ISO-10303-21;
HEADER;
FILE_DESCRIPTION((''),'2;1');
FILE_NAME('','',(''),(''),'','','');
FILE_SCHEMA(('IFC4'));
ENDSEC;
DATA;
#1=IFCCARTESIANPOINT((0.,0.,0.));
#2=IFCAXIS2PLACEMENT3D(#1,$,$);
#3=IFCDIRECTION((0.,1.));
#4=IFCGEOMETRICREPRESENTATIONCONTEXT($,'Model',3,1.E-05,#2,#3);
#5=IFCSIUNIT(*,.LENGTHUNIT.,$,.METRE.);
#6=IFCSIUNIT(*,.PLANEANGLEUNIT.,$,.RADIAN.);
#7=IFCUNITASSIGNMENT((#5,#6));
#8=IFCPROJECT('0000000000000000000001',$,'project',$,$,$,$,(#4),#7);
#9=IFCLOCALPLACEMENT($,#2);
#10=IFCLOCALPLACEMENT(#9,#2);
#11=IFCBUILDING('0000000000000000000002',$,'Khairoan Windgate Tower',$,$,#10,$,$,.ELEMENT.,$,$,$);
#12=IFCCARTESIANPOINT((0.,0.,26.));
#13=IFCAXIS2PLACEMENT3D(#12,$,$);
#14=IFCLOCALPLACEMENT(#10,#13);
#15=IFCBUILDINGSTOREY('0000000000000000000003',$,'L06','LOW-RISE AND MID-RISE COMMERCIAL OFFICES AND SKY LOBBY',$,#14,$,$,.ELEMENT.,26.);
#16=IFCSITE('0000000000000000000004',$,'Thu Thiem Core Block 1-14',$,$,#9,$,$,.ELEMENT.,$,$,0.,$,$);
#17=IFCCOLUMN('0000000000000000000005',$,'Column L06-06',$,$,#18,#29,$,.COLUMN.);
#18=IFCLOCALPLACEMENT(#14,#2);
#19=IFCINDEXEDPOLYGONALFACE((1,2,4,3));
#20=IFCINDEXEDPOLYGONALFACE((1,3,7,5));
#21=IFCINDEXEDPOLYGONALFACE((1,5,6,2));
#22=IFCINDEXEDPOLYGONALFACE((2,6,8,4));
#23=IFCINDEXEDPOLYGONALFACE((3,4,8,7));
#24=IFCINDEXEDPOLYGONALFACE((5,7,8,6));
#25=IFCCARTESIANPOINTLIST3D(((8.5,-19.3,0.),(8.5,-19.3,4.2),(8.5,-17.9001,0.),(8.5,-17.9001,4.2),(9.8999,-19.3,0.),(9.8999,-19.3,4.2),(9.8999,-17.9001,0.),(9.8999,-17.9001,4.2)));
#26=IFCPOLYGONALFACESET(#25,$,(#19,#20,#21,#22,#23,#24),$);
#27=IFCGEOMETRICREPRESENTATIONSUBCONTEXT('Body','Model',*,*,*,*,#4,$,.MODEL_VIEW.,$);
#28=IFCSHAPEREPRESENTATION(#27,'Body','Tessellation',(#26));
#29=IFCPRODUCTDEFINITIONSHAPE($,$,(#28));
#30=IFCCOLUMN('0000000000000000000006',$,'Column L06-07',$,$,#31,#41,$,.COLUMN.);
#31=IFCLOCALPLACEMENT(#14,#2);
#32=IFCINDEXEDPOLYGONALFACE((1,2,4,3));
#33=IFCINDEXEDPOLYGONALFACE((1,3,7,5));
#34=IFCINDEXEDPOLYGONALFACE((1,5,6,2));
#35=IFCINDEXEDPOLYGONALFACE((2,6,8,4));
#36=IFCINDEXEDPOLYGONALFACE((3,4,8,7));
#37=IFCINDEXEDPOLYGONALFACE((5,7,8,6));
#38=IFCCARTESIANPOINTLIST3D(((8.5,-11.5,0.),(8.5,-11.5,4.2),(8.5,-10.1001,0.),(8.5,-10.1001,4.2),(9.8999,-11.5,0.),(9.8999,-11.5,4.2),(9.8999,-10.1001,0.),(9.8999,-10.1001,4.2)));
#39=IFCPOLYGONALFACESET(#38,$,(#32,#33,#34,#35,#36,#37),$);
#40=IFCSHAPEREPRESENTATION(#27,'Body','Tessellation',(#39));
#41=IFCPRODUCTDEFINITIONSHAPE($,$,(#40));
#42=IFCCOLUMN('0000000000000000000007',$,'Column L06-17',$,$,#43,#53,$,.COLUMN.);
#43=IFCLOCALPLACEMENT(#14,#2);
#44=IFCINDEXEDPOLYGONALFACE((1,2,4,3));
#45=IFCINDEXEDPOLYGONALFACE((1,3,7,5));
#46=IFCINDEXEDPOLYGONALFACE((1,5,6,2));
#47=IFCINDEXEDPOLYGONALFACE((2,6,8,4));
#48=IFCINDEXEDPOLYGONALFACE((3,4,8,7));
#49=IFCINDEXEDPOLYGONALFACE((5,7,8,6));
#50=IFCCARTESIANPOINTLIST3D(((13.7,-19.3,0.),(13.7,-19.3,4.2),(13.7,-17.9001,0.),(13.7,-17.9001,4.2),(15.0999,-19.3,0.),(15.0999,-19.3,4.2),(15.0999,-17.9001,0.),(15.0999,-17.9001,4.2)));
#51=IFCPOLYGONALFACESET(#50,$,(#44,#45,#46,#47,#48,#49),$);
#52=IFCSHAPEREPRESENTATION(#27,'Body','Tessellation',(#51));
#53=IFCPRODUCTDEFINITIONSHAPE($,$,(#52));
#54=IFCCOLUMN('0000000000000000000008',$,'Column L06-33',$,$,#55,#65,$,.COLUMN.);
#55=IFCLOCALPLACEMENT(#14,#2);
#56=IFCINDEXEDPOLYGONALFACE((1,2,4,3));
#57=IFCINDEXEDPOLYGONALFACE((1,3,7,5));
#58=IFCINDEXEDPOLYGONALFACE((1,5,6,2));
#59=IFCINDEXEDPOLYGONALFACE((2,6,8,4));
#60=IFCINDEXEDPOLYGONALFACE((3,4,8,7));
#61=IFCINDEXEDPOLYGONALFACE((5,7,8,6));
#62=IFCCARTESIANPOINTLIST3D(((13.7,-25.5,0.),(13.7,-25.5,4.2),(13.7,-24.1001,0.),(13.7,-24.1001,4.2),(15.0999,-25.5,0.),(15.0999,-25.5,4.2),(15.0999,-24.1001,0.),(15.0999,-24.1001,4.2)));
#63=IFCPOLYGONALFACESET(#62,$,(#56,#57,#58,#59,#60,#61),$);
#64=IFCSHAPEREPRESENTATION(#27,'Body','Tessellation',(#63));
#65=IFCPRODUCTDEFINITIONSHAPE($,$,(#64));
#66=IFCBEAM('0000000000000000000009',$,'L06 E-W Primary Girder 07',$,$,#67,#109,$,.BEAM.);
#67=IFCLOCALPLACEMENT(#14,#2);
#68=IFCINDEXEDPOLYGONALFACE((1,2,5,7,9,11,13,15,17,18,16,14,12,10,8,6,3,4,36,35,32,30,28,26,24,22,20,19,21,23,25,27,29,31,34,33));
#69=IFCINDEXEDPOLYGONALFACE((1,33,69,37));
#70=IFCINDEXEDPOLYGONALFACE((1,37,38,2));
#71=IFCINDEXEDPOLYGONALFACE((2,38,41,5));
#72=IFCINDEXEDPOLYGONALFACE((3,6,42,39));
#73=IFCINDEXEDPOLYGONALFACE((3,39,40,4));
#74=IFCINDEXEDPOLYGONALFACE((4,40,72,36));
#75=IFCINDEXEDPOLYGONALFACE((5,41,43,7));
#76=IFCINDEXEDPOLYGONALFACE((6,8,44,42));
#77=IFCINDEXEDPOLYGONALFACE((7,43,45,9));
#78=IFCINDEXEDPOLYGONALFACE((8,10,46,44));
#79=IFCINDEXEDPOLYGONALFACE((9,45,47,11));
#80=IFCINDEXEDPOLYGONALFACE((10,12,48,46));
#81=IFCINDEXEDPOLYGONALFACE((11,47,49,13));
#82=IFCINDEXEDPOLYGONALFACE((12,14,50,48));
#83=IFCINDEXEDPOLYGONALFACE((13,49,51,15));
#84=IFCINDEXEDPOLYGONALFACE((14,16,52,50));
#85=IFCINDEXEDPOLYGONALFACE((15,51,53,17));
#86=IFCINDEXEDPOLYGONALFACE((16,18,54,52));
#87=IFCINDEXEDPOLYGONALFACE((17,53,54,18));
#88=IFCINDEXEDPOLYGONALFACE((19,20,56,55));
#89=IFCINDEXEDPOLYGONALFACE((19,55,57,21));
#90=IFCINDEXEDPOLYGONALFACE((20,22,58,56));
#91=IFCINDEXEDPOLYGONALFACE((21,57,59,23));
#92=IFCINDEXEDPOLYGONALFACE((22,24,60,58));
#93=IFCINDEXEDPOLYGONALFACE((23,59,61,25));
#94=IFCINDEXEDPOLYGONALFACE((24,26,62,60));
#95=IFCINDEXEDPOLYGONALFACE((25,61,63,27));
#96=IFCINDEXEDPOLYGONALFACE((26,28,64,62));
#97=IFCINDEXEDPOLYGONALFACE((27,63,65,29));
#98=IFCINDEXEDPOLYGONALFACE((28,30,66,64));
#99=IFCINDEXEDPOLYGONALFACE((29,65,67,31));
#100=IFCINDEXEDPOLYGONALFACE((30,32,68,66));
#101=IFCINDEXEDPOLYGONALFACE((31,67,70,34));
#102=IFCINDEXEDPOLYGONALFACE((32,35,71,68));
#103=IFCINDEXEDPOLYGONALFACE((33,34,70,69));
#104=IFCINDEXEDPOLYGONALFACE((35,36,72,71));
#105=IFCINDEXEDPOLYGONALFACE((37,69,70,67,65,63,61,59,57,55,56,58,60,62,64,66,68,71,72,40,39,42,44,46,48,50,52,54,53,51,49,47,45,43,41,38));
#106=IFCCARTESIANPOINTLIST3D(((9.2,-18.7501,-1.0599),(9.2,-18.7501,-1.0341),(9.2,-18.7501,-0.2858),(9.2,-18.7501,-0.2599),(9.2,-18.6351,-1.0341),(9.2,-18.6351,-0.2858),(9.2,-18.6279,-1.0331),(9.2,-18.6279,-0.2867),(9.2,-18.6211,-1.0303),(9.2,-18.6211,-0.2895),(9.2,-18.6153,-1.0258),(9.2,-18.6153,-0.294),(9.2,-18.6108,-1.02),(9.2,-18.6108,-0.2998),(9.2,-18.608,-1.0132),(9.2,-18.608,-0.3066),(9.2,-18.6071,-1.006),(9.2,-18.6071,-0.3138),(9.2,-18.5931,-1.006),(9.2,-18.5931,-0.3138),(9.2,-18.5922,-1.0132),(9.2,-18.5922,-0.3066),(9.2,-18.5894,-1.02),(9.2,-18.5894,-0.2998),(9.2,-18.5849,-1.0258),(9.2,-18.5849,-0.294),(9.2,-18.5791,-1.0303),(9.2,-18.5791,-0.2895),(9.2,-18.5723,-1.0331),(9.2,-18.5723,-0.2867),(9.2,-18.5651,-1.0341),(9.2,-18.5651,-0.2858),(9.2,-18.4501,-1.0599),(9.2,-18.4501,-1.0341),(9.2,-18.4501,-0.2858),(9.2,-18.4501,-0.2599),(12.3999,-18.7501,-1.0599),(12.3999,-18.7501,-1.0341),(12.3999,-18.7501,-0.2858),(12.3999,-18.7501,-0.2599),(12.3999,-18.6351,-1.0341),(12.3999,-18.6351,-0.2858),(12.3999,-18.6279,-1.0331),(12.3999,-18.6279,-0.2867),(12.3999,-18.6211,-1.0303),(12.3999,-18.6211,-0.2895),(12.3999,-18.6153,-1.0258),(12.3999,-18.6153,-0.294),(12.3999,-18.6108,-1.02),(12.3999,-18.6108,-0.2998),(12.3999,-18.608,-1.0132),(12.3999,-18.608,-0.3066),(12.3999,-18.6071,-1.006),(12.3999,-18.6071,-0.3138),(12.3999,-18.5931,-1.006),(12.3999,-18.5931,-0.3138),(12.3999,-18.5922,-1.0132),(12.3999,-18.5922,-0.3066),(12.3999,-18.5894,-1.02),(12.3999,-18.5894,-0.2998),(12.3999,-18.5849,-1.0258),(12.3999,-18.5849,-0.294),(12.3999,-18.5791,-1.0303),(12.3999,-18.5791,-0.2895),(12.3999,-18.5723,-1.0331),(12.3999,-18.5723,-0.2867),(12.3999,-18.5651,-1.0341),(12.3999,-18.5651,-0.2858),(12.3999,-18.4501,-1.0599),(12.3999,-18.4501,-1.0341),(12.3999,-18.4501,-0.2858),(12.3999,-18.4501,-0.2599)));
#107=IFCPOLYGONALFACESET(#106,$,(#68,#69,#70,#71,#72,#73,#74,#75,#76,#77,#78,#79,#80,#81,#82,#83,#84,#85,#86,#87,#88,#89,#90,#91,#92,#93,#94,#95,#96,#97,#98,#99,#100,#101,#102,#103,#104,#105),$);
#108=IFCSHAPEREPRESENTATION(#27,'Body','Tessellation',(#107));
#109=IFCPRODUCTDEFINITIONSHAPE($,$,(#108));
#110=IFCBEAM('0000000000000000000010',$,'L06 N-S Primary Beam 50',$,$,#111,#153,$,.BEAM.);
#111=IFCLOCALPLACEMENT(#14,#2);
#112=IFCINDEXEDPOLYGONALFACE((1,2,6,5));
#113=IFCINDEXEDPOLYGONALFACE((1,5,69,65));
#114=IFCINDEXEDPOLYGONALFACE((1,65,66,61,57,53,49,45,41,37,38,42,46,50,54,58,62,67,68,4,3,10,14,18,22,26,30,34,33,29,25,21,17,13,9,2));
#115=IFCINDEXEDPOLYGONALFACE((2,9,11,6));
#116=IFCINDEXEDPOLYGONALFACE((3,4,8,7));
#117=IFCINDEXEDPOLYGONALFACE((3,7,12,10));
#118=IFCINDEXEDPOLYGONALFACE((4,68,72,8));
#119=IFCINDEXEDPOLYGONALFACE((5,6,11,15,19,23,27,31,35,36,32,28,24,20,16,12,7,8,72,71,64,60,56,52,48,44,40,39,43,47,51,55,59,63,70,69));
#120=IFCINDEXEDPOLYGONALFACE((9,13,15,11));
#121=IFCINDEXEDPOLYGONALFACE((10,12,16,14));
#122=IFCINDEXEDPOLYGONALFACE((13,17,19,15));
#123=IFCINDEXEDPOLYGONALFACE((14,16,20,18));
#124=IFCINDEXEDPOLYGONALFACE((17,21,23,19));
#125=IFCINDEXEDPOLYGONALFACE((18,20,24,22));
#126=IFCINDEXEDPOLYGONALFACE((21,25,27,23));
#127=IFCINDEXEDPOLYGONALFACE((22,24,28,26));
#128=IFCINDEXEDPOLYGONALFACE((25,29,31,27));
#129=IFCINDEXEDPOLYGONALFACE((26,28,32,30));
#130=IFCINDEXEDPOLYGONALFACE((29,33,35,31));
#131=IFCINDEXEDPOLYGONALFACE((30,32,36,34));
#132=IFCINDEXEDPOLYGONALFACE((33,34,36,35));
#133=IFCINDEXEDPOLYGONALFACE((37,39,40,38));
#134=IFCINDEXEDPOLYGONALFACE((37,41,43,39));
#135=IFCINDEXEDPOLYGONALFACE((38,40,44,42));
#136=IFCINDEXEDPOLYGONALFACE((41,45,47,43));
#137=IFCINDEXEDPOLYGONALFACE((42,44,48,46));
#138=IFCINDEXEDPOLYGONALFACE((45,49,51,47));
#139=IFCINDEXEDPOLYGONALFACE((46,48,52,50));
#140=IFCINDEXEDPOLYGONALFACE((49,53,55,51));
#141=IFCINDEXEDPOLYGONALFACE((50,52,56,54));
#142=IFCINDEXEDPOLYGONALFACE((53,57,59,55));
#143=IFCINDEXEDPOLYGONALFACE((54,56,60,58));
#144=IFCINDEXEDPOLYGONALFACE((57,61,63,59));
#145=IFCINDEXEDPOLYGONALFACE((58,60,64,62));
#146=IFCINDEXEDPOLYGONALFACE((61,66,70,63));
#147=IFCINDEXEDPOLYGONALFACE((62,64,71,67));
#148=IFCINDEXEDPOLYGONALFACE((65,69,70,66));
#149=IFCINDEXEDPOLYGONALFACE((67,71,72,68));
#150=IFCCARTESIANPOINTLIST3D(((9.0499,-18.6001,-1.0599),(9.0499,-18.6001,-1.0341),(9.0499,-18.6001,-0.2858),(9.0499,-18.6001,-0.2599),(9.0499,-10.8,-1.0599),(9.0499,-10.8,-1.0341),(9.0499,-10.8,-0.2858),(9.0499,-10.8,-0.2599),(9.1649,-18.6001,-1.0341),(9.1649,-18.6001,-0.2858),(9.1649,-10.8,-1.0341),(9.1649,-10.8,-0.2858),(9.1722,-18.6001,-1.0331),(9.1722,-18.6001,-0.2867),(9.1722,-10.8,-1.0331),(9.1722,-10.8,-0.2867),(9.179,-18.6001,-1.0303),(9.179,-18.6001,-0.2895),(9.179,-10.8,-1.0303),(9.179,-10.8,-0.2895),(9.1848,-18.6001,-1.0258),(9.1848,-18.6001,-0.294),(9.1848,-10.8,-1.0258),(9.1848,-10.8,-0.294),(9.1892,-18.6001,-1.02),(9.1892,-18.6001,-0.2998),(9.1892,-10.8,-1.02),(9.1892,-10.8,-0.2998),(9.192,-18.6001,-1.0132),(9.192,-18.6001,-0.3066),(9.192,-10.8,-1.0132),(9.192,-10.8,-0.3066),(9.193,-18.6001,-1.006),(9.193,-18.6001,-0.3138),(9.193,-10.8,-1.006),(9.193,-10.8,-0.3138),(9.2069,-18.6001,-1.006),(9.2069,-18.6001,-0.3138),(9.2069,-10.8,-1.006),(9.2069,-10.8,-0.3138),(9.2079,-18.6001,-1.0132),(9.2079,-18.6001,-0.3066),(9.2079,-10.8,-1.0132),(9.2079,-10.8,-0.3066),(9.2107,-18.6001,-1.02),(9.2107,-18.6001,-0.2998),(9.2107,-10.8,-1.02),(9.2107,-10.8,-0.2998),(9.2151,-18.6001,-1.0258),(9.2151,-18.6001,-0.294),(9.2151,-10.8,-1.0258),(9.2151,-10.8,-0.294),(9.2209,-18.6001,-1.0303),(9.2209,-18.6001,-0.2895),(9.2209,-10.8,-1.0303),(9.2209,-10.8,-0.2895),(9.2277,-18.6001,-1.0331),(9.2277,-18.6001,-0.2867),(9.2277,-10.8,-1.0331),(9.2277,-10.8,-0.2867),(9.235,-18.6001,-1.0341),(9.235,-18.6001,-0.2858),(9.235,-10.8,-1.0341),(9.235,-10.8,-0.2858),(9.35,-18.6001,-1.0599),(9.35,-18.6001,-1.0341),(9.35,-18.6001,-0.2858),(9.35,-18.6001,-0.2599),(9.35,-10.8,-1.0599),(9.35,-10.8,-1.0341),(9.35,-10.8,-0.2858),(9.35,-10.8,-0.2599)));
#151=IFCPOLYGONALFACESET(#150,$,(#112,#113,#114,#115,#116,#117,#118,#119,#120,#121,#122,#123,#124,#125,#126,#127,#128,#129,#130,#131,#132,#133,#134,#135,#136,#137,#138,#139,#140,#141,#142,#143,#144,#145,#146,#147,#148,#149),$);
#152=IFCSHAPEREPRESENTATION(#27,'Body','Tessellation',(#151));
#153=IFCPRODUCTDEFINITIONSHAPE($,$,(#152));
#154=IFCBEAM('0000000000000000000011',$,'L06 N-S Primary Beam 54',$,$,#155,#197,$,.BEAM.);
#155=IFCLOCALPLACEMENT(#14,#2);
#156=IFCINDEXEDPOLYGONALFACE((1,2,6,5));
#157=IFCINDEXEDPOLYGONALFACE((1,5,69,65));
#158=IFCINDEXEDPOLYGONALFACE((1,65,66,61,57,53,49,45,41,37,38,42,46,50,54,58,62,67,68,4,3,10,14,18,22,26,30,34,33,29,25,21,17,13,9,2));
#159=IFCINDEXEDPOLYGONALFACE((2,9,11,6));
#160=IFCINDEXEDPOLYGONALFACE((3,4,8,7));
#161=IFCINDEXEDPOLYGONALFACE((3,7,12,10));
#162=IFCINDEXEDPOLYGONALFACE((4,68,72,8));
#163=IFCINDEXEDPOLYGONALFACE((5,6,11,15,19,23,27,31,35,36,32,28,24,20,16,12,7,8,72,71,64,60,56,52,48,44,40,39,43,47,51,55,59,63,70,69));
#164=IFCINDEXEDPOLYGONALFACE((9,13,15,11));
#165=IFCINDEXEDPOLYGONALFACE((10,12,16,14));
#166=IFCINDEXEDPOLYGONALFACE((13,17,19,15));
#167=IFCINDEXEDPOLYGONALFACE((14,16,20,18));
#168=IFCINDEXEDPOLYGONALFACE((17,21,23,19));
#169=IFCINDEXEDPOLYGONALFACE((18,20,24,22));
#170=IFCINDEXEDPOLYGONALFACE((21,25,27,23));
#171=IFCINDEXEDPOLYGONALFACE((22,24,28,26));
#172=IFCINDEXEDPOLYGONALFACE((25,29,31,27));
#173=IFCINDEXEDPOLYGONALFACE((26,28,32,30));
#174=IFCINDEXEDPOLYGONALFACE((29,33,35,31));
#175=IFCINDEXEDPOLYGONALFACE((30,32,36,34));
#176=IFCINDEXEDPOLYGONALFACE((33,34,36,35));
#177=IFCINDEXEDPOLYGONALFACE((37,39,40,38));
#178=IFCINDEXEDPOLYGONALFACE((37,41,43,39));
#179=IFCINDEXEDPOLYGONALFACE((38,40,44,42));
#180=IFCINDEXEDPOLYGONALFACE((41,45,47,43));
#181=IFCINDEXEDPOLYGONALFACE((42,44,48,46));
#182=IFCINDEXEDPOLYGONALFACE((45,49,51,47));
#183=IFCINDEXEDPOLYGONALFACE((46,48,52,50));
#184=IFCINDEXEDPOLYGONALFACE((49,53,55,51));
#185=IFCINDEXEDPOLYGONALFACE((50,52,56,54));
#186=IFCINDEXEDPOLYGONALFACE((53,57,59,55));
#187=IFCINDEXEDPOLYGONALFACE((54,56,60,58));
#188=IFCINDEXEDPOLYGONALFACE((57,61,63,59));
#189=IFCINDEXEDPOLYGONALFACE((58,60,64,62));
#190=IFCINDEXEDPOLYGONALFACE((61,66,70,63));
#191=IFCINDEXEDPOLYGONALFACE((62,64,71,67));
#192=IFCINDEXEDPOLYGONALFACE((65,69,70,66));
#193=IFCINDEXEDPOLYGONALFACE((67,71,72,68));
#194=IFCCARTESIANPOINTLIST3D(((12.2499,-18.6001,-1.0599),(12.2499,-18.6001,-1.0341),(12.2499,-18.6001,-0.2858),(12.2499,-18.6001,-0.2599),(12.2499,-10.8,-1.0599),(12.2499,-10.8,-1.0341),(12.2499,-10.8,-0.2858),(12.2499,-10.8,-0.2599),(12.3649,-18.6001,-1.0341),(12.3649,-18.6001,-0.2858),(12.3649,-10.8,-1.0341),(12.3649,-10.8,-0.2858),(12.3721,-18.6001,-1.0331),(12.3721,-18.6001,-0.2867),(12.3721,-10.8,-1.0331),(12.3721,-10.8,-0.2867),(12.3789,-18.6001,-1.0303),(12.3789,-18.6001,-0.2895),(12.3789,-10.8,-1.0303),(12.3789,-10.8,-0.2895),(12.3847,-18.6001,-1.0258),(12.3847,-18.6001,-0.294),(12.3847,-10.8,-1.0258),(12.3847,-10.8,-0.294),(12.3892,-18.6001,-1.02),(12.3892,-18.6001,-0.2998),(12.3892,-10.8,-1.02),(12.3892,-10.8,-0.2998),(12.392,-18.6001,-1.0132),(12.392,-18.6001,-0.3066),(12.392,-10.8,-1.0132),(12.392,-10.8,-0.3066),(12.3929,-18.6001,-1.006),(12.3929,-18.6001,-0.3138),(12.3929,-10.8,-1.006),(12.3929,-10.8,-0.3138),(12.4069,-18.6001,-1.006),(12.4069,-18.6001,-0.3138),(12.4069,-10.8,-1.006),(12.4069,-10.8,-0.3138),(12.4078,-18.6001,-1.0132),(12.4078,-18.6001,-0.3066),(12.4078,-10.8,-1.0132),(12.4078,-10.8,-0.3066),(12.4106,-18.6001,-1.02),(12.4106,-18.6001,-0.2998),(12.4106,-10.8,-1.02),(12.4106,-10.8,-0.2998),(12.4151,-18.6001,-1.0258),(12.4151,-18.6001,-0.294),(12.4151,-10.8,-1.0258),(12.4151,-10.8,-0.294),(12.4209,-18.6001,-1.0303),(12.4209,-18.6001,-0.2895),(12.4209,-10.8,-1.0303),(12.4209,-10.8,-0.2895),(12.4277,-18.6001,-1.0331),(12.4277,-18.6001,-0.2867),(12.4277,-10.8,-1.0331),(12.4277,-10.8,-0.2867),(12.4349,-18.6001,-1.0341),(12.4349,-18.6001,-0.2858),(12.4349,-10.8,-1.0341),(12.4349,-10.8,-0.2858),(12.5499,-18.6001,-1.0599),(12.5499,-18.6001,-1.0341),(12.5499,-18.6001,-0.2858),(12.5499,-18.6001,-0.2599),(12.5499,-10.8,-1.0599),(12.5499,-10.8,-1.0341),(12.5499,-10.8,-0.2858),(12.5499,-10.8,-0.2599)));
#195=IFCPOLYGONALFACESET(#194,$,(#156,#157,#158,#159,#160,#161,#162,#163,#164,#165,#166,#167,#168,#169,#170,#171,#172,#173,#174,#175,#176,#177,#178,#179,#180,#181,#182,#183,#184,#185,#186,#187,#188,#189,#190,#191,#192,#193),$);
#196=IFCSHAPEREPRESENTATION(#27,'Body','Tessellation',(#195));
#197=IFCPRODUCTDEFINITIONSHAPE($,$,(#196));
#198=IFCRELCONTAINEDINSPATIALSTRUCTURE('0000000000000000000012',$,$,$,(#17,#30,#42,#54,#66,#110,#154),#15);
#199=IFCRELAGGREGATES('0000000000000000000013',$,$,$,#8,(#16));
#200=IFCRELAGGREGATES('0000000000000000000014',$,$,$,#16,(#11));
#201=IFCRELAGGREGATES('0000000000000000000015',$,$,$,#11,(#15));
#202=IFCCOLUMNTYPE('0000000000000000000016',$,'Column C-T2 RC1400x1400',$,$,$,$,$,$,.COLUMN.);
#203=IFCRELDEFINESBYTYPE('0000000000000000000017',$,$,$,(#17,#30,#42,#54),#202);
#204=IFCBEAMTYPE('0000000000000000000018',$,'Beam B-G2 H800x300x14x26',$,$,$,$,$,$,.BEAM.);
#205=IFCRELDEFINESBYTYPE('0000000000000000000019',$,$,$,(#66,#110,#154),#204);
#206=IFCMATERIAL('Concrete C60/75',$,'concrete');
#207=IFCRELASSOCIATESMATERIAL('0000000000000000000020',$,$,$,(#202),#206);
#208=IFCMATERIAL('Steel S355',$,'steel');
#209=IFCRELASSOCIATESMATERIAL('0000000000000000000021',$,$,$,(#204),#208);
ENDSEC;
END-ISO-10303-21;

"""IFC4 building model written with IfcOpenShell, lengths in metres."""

from ifc_helpers import new_model, si_unit, direction, frame, origin, origin_2d, place, context, subcontext, project, spatial, rectangle, i_section, extrude, material, material_profile, profile_set, type_object, element, save


model = new_model("IFC4")

# Units and contexts
model_context = context("Model", 3, precision=1e-05, world=origin(), true_north=direction((0.0, 1.0)))
body_context = subcontext(model_context, "Body", "Model", "MODEL_VIEW")
ifc_project = project(units=[si_unit("LENGTHUNIT", "METRE"), si_unit("PLANEANGLEUNIT", "RADIAN")], contexts=[model_context])

# Site, building, storey
site_placement = place(None, origin())
site = spatial("IfcSite", under=ifc_project, at=site_placement, Name="Thu Thiem Core Block 1-14", CompositionType="ELEMENT", RefElevation=0.0)
building_placement = place(site_placement, origin())
building = spatial("IfcBuilding", under=site, at=building_placement, Name="Khairoan Windgate Tower", CompositionType="ELEMENT")
storey_placement = place(building_placement, frame((0.0, 0.0, 26.0)))
storey = spatial("IfcBuildingStorey", under=building, at=storey_placement, Name="L06", Description="LOW-RISE AND MID-RISE COMMERCIAL OFFICES AND SKY LOBBY", CompositionType="ELEMENT", Elevation=26.0)

# Columns
ifc_material_1 = material(Name="Concrete C60/75", Category="concrete")
ifc_material_profile_1 = material_profile(ifc_material_1, rectangle(XDim=1.3999, YDim=1.3999, at=origin_2d()))
ifc_profile_set_1 = profile_set([ifc_material_profile_1], Name="Concrete C60/75")
column_type = type_object("IfcColumnType", Name="Column C-T2 RC1400x1400", PredefinedType="COLUMN", material=ifc_profile_set_1)
for number, where, z_axis, x_axis, name in (
    (1, (9.2, -18.6001, 0.0), (0.0, 0.0, 1.0), (1.0, 0.0, 0.0), "Column L06-06"),
    (2, (9.2, -10.8, 0.0), (0.0, 0.0, 1.0), (1.0, 0.0, 0.0), "Column L06-07"),
    (3, (14.3999, -18.6001, 0.0), (0.0, 0.0, 1.0), (1.0, 0.0, 0.0), "Column L06-17"),
    (4, (14.3999, -24.8, 0.0), (0.0, 0.0, 1.0), (1.0, 0.0, 0.0), "Column L06-33"),
):
    element("IfcColumn", number, at=place(storey_placement, frame(where, z_axis=z_axis, x_axis=x_axis)), inside=storey, type_object=column_type, Name=name, PredefinedType="COLUMN", context=body_context, shape_type="SweptSolid", body=[
        extrude(rectangle(XDim=1.3999, YDim=1.3999, at=origin_2d()), origin(), (0.0, 0.0, 1.0), 4.2),
    ])

# Beams
ifc_material_2 = material(Name="Steel S355", Category="steel")
ifc_material_profile_2 = material_profile(ifc_material_2, i_section(OverallWidth=0.3, OverallDepth=0.8, WebThickness=0.0139, FlangeThickness=0.0259, FilletRadius=0.0281, at=origin_2d()))
ifc_profile_set_2 = profile_set([ifc_material_profile_2], Name="Steel S355")
beam_type_1 = type_object("IfcBeamType", Name="Beam B-G2 H800x300x14x26", PredefinedType="BEAM", material=ifc_profile_set_2)
beam_1_placement = place(storey_placement, frame((9.2, -18.6001, -0.6599), z_axis=(1.0, 0.0, 0.0), x_axis=(0.0, 1.0, 0.0)))
element("IfcBeam", 5, at=beam_1_placement, inside=storey, type_object=beam_type_1, Name="L06 E-W Primary Girder 07", PredefinedType="BEAM", context=body_context, shape_type="SweptSolid", body=[
    extrude(i_section(OverallWidth=0.3, OverallDepth=0.8, WebThickness=0.0139, FlangeThickness=0.0259, FilletRadius=0.0281, at=origin_2d()), origin(), (0.0, 0.0, 1.0), 3.2),
])
for number, where, z_axis, x_axis, name in (
    (6, (9.2, -18.6001, -0.6599), (0.0, 1.0, 0.0), (-1.0, 0.0, 0.0), "L06 N-S Primary Beam 50"),
    (7, (12.3999, -18.6001, -0.6599), (0.0, 1.0, 0.0), (-1.0, 0.0, 0.0), "L06 N-S Primary Beam 54"),
):
    element("IfcBeam", number, at=place(storey_placement, frame(where, z_axis=z_axis, x_axis=x_axis)), inside=storey, type_object=beam_type_1, Name=name, PredefinedType="BEAM", context=body_context, shape_type="SweptSolid", body=[
        extrude(i_section(OverallWidth=0.3, OverallDepth=0.8, WebThickness=0.0139, FlangeThickness=0.0259, FilletRadius=0.0281, at=origin_2d()), origin(), (0.0, 0.0, 1.0), 7.8),
    ])

save(model, "model.ifc")
